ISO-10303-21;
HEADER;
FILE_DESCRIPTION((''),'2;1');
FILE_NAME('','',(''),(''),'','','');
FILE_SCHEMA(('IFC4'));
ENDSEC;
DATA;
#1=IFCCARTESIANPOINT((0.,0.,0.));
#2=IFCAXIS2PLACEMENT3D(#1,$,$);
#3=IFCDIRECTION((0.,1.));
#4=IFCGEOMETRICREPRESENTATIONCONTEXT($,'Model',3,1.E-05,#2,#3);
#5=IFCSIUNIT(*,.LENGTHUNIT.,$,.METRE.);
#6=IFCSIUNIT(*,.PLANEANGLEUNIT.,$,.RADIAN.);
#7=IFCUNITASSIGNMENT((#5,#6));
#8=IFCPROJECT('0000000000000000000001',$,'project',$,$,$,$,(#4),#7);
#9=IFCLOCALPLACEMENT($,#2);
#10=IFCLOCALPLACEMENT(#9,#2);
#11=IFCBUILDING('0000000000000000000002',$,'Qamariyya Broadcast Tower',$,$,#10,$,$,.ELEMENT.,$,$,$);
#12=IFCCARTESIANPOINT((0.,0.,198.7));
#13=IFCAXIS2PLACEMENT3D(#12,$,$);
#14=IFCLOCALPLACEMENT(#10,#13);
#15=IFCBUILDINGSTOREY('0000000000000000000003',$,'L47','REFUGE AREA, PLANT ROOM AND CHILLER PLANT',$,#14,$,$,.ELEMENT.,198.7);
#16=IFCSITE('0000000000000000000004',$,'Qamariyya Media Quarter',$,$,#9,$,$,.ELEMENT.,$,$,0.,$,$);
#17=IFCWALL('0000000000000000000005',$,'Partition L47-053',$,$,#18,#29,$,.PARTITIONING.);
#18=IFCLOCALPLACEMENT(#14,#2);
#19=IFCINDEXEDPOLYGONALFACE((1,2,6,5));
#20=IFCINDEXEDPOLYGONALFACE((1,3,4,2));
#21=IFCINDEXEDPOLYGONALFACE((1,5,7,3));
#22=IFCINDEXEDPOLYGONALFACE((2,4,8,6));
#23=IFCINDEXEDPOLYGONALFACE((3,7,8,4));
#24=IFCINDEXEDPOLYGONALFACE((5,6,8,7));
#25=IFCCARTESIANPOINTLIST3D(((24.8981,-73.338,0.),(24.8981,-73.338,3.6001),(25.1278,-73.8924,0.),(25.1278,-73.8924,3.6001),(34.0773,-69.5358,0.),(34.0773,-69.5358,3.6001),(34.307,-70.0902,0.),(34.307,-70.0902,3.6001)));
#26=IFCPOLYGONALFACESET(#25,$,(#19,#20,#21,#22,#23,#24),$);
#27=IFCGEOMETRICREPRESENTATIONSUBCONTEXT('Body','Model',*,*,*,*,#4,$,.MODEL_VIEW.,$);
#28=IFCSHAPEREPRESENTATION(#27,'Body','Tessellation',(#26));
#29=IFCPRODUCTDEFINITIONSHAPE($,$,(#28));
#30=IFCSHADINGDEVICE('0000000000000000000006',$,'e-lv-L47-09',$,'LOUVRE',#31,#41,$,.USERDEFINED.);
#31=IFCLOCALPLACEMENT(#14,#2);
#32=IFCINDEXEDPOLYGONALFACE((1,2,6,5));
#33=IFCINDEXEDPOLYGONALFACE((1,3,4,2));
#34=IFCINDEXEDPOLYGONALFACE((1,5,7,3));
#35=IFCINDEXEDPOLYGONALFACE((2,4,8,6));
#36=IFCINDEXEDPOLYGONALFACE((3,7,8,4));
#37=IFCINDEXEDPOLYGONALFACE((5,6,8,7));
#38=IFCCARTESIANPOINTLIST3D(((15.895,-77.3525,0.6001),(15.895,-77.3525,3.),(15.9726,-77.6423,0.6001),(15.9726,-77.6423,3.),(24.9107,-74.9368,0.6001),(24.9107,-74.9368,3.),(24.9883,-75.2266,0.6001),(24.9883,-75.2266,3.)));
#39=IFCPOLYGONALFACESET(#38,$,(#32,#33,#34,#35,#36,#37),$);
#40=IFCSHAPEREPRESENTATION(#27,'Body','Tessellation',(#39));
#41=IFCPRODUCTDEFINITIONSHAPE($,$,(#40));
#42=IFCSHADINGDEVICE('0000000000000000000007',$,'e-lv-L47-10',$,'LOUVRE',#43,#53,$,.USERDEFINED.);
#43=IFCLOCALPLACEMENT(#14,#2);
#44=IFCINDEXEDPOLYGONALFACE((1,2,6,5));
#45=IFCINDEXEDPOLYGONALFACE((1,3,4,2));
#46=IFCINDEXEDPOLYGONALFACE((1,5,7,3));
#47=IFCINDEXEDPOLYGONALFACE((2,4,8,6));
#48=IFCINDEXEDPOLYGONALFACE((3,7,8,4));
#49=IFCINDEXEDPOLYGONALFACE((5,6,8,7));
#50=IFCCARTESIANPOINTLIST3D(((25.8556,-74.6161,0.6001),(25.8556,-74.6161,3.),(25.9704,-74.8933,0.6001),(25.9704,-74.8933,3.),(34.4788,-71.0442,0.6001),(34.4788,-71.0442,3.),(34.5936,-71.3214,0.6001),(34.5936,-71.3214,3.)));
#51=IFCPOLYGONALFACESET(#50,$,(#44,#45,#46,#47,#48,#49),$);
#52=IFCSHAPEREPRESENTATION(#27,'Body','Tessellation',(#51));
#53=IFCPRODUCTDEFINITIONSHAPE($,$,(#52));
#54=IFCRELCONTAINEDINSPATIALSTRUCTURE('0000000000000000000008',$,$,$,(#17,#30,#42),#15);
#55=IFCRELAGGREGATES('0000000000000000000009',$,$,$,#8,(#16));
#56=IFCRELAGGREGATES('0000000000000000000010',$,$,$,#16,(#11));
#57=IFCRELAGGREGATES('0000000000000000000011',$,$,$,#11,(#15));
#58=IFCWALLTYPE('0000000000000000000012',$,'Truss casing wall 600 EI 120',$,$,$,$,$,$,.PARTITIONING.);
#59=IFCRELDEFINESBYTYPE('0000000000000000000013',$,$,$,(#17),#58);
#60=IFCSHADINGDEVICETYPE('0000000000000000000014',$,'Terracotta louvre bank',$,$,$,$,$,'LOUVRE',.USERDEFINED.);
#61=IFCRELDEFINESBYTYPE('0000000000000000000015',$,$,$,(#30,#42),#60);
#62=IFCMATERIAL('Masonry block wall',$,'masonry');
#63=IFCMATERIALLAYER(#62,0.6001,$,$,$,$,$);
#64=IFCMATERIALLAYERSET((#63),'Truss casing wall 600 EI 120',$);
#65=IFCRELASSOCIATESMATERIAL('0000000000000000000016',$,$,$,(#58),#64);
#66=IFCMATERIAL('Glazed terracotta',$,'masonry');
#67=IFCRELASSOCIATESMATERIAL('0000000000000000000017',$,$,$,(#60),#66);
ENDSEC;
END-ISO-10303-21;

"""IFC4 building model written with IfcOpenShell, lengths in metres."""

from ifc_helpers import new_model, si_unit, direction, frame, frame_2d, origin, origin_2d, place, context, subcontext, project, spatial, rectangle, extrude, material, layer, layer_set, type_object, element, save


model = new_model("IFC4")

# Units and contexts
model_context = context("Model", 3, precision=1e-05, world=origin(), true_north=direction((0.0, 1.0)))
body_context = subcontext(model_context, "Body", "Model", "MODEL_VIEW")
ifc_project = project(units=[si_unit("LENGTHUNIT", "METRE"), si_unit("PLANEANGLEUNIT", "RADIAN")], contexts=[model_context])

# Site, building, storey
site_placement = place(None, origin())
site = spatial("IfcSite", under=ifc_project, at=site_placement, Name="Qamariyya Media Quarter", CompositionType="ELEMENT", RefElevation=0.0)
building_placement = place(site_placement, origin())
building = spatial("IfcBuilding", under=site, at=building_placement, Name="Qamariyya Broadcast Tower", CompositionType="ELEMENT")
storey_placement = place(building_placement, frame((0.0, 0.0, 198.7)))
storey = spatial("IfcBuildingStorey", under=building, at=storey_placement, Name="L47", Description="REFUGE AREA, PLANT ROOM AND CHILLER PLANT", CompositionType="ELEMENT", Elevation=198.7)

# Shared definitions
ifc_material_1 = material(Name="Masonry block wall", Category="masonry")

# Wall
ifc_layer_1 = layer(ifc_material_1, 0.6001)
ifc_layer_set_1 = layer_set([ifc_layer_1], Name="Truss casing wall 600 EI 120")
wall_type_1 = type_object("IfcWallType", Name="Truss casing wall 600 EI 120", PredefinedType="PARTITIONING", material=ifc_layer_set_1)
wall_1_placement = place(storey_placement, frame((25.0129, -73.6152, 0.0), z_axis=(0.0, 0.0, 1.0), x_axis=(0.923876, 0.382692, 0.0)))
element("IfcWall", 1, at=wall_1_placement, inside=storey, type_object=wall_type_1, Name="Partition L47-053", PredefinedType="PARTITIONING", context=body_context, shape_type="SweptSolid", body=[
    extrude(rectangle(XDim=9.9355, YDim=0.6001, at=frame_2d((4.9678, 0.0))), origin(), (0.0, 0.0, 1.0), 3.6001),
])

# Shading devices
ifc_material_2 = material(Name="Glazed terracotta", Category="masonry")
shading_device_type = type_object("IfcShadingDeviceType", Name="Terracotta louvre bank", ElementType="LOUVRE", PredefinedType="USERDEFINED", material=ifc_material_2)
for number, where, z_axis, x_axis, name in (
    (2, (20.4417, -76.2896, 0.6001), (0.0, 0.0, 1.0), (0.965926, 0.258819, 0.0), "e-lv-L47-09"),
    (3, (30.2246, -72.9688, 0.6001), (0.0, 0.0, 1.0), (0.92388, 0.382683, 0.0), "e-lv-L47-10"),
):
    element("IfcShadingDevice", number, at=place(storey_placement, frame(where, z_axis=z_axis, x_axis=x_axis)), inside=storey, type_object=shading_device_type, Name=name, ObjectType="LOUVRE", PredefinedType="USERDEFINED", context=body_context, shape_type="SweptSolid", body=[
        extrude(rectangle(XDim=9.3337, YDim=0.3, at=origin_2d()), origin(), (0.0, 0.0, 1.0), 2.3999),
    ])

save(model, "model.ifc")
